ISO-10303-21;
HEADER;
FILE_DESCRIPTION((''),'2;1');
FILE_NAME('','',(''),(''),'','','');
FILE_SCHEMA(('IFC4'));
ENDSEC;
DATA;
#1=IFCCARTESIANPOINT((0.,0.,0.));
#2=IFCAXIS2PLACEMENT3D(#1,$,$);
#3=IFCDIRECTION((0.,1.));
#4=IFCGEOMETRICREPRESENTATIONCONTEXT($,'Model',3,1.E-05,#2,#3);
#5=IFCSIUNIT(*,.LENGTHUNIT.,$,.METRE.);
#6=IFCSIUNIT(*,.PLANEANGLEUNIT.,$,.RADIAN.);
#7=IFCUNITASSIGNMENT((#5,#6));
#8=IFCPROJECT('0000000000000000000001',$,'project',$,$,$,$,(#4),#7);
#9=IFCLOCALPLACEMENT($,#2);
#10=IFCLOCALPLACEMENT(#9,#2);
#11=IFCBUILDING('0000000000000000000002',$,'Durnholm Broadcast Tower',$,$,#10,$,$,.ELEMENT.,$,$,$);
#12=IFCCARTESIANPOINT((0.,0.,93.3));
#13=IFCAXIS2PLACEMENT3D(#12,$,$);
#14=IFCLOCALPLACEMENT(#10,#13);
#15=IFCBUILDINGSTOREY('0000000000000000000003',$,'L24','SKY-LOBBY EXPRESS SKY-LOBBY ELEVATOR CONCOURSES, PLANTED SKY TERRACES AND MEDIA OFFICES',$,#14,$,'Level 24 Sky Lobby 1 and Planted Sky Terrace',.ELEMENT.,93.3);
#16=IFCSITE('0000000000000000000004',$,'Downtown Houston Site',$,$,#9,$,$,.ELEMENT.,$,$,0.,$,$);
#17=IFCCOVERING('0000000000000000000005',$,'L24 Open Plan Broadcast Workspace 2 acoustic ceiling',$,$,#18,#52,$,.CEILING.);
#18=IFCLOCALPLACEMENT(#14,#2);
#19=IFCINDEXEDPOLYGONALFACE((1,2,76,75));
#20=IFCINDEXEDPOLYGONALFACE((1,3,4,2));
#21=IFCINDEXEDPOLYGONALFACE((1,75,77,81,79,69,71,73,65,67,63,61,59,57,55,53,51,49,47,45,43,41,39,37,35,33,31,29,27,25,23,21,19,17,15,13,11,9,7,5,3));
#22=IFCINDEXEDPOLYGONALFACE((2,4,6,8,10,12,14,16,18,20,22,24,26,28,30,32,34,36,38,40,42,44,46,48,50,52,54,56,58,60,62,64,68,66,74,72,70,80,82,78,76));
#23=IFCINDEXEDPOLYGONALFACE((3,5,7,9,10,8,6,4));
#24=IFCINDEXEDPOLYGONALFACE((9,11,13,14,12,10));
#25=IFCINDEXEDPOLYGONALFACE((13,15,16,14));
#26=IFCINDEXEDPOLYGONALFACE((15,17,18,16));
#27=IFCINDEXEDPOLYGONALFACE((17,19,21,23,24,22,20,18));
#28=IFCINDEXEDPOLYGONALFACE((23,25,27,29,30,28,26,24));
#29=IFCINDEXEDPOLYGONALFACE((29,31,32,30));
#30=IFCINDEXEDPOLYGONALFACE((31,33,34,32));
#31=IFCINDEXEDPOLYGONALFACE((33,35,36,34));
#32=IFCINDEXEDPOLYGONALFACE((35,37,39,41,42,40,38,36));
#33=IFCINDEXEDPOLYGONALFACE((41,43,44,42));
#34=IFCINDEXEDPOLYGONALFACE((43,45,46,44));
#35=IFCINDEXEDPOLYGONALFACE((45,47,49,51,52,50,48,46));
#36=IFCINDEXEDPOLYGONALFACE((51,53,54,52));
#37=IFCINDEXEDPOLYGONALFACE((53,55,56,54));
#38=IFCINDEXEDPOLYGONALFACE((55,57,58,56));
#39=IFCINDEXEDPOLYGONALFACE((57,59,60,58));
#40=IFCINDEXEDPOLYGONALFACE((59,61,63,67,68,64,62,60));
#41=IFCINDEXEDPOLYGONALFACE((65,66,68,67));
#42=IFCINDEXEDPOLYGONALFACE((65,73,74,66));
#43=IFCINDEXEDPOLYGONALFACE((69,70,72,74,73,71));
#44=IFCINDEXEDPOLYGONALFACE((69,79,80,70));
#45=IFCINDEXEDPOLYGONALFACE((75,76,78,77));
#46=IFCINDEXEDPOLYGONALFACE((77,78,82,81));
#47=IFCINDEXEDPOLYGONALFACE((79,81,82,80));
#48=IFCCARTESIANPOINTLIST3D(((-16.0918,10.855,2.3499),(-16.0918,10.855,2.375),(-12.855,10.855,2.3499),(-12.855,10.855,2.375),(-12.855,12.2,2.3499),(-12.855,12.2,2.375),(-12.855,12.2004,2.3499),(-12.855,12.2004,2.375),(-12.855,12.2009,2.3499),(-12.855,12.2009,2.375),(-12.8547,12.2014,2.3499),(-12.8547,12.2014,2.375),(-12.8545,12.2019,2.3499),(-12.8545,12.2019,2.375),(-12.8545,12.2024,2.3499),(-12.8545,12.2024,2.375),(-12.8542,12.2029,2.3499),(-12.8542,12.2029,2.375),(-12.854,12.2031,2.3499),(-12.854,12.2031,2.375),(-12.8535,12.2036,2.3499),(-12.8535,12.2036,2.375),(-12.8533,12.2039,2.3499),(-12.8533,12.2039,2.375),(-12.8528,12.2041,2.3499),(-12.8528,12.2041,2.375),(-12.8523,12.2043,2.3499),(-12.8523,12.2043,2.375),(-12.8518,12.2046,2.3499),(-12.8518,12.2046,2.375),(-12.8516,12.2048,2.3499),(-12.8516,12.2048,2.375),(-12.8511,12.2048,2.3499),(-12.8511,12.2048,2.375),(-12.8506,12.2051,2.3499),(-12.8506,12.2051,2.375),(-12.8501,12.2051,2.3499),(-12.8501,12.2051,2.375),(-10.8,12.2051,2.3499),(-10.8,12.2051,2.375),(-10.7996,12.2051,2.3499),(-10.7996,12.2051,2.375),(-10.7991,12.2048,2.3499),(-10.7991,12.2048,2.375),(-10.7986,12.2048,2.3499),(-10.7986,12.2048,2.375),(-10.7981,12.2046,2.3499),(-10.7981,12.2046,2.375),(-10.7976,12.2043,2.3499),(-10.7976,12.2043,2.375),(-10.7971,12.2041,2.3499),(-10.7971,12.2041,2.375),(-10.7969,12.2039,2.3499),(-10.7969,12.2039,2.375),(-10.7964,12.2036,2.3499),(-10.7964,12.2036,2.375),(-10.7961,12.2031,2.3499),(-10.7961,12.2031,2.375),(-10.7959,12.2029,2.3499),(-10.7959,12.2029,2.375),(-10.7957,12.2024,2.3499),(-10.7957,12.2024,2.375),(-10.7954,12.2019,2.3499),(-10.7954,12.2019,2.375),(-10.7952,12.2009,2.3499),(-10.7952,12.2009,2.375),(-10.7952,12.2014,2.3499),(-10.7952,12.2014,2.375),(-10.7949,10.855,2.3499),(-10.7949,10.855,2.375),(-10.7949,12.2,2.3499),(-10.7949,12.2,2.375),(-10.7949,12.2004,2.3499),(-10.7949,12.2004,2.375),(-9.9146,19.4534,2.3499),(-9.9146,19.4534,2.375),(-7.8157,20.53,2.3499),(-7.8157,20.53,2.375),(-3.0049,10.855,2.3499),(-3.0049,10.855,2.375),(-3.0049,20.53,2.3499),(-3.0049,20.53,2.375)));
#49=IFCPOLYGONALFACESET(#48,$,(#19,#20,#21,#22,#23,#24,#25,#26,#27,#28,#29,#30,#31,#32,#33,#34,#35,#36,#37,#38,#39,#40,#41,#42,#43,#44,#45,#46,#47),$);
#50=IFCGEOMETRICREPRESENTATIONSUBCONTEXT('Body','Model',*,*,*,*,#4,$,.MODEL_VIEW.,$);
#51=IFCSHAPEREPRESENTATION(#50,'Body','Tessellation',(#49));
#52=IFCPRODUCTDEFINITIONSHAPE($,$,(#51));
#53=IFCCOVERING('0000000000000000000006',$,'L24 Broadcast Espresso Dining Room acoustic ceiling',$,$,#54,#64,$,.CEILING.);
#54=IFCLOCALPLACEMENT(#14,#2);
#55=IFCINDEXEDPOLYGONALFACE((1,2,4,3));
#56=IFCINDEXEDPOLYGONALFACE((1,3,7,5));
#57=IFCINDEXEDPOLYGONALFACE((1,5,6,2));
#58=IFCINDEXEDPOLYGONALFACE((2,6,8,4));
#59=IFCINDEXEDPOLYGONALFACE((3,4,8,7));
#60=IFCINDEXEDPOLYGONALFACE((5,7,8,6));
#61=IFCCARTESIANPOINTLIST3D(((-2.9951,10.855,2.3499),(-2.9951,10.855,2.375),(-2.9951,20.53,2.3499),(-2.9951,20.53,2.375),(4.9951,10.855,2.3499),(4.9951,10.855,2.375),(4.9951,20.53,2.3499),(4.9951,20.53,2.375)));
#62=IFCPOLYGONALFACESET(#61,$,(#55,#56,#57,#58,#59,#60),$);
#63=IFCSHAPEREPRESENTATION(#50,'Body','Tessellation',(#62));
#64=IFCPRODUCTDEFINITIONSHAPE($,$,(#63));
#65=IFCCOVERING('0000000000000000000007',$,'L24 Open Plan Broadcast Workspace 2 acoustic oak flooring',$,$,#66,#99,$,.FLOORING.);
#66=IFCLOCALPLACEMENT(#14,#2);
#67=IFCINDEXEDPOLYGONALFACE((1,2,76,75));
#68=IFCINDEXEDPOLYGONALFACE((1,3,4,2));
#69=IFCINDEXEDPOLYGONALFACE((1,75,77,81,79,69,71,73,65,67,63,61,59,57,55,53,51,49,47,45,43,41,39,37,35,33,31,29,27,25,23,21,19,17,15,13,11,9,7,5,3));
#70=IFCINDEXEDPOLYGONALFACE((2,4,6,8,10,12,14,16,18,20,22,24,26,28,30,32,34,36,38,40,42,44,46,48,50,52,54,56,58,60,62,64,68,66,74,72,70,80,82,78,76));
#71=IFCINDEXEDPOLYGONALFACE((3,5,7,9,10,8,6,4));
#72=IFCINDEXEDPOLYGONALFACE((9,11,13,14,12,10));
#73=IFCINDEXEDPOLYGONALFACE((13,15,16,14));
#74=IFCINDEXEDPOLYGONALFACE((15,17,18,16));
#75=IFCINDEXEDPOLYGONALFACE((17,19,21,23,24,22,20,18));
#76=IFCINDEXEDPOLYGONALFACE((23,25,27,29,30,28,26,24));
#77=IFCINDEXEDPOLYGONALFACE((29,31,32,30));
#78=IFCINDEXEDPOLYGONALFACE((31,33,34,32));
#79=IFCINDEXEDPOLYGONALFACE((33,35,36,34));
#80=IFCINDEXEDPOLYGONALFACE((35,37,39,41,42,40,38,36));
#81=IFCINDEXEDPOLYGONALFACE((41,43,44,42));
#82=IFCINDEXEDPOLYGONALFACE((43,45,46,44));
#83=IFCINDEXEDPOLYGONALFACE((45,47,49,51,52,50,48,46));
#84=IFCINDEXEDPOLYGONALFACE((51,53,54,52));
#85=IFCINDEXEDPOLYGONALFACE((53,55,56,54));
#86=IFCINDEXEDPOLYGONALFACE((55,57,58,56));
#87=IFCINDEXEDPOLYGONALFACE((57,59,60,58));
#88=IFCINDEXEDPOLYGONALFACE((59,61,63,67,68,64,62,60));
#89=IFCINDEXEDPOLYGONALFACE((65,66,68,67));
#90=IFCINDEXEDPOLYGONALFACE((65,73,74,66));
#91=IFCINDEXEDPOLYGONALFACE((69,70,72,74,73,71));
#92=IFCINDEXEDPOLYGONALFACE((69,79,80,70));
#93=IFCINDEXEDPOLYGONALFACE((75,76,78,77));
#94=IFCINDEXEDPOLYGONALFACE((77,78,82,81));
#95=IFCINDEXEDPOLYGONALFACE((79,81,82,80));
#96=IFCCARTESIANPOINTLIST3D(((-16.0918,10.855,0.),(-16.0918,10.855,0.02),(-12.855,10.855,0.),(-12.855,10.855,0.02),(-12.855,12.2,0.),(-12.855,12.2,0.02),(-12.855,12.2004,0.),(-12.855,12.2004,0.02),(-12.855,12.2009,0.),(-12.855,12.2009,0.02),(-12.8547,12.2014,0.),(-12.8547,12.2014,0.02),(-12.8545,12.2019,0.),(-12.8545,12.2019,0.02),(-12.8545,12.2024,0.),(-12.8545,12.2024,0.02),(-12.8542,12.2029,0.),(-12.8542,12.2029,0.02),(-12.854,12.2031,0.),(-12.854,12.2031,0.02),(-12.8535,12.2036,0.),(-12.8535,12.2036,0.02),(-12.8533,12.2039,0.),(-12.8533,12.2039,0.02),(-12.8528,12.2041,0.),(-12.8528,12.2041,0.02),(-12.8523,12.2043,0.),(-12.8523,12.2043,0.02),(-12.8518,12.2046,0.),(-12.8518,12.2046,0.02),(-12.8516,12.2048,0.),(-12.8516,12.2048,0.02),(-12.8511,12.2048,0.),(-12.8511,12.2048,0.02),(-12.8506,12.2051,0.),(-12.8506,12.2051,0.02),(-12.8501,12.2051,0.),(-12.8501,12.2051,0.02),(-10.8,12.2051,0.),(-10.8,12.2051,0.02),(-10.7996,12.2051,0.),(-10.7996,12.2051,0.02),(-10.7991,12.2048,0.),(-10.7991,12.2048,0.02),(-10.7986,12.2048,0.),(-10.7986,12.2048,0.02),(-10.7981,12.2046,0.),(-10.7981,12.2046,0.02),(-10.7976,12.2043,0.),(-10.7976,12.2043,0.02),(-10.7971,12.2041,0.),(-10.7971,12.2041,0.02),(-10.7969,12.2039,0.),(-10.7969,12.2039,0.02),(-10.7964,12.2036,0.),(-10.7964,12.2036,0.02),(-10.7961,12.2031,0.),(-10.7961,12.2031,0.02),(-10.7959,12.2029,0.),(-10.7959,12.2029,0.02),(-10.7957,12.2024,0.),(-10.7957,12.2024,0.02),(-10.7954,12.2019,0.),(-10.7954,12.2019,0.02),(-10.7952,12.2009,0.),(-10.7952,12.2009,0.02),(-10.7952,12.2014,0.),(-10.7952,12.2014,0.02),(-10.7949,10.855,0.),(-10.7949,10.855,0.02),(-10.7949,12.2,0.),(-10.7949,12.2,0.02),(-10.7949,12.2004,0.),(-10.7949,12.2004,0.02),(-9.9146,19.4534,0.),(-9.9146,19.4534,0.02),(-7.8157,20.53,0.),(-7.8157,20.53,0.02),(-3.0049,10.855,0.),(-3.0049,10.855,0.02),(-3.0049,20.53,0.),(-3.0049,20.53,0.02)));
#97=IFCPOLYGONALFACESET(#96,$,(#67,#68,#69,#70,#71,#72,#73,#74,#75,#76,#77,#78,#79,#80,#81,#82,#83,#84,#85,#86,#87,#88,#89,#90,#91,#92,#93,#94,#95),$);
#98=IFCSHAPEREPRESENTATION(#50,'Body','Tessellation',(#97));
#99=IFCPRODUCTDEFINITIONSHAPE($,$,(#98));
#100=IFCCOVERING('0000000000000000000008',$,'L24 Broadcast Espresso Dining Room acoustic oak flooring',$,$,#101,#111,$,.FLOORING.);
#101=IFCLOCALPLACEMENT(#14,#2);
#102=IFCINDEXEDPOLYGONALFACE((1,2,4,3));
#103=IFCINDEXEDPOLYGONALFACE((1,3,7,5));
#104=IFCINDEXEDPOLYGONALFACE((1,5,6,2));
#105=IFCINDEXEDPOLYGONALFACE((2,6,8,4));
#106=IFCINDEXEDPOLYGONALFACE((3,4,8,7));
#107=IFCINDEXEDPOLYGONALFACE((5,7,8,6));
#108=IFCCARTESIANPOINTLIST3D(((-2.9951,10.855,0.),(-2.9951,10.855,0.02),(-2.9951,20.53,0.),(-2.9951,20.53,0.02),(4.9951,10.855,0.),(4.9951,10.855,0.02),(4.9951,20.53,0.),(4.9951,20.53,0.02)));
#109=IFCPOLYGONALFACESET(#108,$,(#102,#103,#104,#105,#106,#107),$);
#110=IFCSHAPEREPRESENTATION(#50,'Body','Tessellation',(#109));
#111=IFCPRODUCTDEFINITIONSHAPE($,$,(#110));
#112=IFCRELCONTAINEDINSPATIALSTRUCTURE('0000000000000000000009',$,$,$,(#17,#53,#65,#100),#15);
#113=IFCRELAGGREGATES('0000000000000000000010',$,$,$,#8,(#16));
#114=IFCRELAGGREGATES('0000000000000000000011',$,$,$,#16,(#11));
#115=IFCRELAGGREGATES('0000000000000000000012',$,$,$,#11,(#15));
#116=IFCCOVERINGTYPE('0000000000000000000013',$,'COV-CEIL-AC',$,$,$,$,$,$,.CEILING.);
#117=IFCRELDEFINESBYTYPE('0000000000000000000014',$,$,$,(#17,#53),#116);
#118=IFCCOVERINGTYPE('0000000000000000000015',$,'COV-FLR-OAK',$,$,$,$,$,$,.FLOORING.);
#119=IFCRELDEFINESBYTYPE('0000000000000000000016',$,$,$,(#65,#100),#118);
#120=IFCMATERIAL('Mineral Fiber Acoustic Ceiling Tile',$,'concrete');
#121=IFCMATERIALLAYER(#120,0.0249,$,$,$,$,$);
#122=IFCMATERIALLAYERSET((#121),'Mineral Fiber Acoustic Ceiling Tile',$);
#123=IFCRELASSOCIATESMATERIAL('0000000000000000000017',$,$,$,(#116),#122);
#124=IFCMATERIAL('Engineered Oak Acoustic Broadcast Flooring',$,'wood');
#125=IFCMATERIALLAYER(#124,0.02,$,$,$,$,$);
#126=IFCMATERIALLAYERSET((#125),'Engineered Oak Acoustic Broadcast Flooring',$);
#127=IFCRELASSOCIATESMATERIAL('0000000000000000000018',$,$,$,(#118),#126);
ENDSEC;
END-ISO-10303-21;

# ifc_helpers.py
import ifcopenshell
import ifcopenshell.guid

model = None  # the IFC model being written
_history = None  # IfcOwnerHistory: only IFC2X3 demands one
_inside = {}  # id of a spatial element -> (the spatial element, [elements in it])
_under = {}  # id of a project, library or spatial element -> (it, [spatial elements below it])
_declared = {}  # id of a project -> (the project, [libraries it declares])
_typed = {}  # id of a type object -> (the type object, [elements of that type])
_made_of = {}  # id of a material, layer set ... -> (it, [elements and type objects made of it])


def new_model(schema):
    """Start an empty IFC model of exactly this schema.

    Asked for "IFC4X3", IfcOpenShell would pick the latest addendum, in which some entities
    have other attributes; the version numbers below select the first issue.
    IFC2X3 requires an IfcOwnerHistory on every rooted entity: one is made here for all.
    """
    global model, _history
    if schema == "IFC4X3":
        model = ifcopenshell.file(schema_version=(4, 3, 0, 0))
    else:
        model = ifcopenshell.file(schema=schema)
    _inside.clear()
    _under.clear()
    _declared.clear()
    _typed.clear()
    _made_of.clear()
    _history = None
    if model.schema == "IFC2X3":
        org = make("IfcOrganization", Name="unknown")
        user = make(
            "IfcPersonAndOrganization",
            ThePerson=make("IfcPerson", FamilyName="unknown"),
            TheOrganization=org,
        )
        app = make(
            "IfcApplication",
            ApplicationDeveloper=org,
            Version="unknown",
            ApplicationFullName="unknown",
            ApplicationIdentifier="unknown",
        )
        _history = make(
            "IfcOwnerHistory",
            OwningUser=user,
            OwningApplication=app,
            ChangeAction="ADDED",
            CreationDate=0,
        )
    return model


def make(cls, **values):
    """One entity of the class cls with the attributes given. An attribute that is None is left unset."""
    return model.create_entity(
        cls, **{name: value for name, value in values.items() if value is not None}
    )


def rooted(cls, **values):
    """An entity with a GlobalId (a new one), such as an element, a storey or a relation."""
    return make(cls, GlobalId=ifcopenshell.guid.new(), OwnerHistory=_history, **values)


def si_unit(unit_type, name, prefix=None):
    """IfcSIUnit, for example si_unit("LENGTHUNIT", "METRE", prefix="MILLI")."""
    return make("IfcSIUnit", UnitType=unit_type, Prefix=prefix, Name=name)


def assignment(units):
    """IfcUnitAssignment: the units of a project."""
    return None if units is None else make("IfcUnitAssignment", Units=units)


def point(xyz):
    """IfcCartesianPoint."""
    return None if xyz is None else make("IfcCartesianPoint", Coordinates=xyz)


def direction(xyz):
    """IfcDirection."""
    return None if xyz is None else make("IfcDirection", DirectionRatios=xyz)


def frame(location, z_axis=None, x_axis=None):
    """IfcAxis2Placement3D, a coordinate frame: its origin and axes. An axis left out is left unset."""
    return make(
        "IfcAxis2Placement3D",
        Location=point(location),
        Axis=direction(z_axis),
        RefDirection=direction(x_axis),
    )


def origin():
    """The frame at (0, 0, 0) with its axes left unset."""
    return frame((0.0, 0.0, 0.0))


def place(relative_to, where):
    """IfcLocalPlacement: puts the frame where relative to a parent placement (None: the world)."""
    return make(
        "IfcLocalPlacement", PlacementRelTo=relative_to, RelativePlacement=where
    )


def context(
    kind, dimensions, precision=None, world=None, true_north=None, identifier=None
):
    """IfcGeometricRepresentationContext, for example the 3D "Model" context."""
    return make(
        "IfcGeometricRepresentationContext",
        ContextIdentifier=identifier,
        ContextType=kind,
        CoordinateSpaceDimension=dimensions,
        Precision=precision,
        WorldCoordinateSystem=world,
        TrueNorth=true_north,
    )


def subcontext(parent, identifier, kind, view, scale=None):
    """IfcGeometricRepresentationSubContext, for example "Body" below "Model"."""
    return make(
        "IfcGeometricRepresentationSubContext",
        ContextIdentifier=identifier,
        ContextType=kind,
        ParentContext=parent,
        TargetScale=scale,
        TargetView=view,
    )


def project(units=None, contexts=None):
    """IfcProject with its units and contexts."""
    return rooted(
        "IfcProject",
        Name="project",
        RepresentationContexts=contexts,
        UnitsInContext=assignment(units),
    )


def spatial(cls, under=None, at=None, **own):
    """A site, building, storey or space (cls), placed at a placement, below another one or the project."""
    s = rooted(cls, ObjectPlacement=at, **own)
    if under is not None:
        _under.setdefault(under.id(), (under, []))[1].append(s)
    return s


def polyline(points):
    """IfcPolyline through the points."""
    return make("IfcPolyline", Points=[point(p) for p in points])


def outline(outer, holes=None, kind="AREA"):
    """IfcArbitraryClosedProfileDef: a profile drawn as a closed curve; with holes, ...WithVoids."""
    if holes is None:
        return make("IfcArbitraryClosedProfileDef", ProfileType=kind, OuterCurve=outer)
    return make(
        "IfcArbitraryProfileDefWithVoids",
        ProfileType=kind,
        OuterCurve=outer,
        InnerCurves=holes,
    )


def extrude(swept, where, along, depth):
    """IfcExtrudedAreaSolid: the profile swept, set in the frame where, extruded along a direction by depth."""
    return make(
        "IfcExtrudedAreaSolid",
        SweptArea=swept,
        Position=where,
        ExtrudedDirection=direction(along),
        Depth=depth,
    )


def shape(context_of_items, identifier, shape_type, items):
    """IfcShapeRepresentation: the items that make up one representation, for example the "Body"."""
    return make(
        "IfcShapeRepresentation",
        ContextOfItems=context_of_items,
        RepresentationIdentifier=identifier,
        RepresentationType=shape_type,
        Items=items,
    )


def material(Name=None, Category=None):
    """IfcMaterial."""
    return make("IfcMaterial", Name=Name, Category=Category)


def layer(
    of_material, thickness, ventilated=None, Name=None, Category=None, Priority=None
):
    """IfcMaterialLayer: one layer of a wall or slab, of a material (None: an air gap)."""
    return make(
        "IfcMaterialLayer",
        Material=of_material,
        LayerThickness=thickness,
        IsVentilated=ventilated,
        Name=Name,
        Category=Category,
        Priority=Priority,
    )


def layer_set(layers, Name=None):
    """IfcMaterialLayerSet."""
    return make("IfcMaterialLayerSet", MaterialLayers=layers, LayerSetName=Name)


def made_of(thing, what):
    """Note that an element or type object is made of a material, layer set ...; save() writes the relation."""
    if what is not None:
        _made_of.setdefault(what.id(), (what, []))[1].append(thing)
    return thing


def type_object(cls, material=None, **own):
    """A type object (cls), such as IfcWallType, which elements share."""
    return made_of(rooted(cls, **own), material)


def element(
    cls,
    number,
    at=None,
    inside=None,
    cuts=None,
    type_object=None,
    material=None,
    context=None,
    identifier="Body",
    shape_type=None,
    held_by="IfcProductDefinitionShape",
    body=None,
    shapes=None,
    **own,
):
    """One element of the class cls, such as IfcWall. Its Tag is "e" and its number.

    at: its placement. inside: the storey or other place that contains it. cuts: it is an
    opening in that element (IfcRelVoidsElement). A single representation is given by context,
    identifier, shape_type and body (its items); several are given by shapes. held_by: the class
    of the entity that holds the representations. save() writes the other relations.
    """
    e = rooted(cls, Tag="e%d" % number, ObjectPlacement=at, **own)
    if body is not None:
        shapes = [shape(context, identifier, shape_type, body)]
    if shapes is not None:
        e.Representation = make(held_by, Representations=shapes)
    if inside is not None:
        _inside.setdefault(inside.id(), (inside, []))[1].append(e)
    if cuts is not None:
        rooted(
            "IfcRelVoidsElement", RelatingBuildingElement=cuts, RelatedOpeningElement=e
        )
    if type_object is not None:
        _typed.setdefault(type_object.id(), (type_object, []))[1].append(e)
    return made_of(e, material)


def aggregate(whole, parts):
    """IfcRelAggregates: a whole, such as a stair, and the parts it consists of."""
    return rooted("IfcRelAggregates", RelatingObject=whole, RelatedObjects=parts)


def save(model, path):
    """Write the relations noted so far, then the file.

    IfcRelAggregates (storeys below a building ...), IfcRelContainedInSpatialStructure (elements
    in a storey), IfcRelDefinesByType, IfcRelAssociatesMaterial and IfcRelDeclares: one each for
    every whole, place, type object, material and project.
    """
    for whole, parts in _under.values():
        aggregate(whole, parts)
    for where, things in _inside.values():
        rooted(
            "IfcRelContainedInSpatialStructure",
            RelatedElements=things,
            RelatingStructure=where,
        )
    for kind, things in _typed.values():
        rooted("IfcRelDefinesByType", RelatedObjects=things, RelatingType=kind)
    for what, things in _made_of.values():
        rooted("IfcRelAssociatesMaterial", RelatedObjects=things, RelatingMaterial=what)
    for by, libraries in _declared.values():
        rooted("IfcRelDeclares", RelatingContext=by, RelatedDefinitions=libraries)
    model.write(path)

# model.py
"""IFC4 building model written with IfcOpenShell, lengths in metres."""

from ifc_helpers import new_model, si_unit, direction, frame, origin, place, context, subcontext, project, spatial, polyline, outline, extrude, material, layer, layer_set, type_object, element, save


model = new_model("IFC4")

# Units and contexts
model_context = context("Model", 3, precision=1e-05, world=origin(), true_north=direction((0.0, 1.0)))
body_context = subcontext(model_context, "Body", "Model", "MODEL_VIEW")
ifc_project = project(units=[si_unit("LENGTHUNIT", "METRE"), si_unit("PLANEANGLEUNIT", "RADIAN")], contexts=[model_context])

# Site, building, storey
site_placement = place(None, origin())
site = spatial("IfcSite", under=ifc_project, at=site_placement, Name="Downtown Houston Site", CompositionType="ELEMENT", RefElevation=0.0)
building_placement = place(site_placement, origin())
building = spatial("IfcBuilding", under=site, at=building_placement, Name="Durnholm Broadcast Tower", CompositionType="ELEMENT")
storey_placement = place(building_placement, frame((0.0, 0.0, 93.3)))
storey = spatial("IfcBuildingStorey", under=building, at=storey_placement, Name="L24", Description="SKY-LOBBY EXPRESS SKY-LOBBY ELEVATOR CONCOURSES, PLANTED SKY TERRACES AND MEDIA OFFICES", LongName="Level 24 Sky Lobby 1 and Planted Sky Terrace", CompositionType="ELEMENT", Elevation=93.3)

# Coverings
ifc_material_1 = material(Name="Mineral Fiber Acoustic Ceiling Tile", Category="concrete")
ifc_layer_1 = layer(ifc_material_1, 0.0249)
ifc_layer_set_1 = layer_set([ifc_layer_1], Name="Mineral Fiber Acoustic Ceiling Tile")
covering_type_1 = type_object("IfcCoveringType", Name="COV-CEIL-AC", PredefinedType="CEILING", material=ifc_layer_set_1)
covering_1_placement = place(storey_placement, frame((0.0, 0.0, 2.3499)))
element("IfcCovering", 1, at=covering_1_placement, inside=storey, type_object=covering_type_1, Name="L24 Open Plan Broadcast Workspace 2 acoustic ceiling", PredefinedType="CEILING", context=body_context, shape_type="SweptSolid", body=[
    extrude(outline(polyline([(-10.7969, 12.2039), (-10.7964, 12.2036), (-10.7961, 12.2031), (-10.7959, 12.2029), (-10.7957, 12.2024), (-10.7954, 12.2019), (-10.7952, 12.2014), (-10.7952, 12.2009), (-10.7949, 12.2004), (-10.7949, 12.2), (-10.7949, 10.855), (-3.0049, 10.855), (-3.0049, 20.53), (-7.8157, 20.53), (-9.9146, 19.4534), (-16.0918, 10.855), (-12.855, 10.855), (-12.855, 12.2), (-12.855, 12.2004), (-12.855, 12.2009), (-12.8547, 12.2014), (-12.8545, 12.2019), (-12.8545, 12.2024), (-12.8542, 12.2029), (-12.854, 12.2031), (-12.8535, 12.2036), (-12.8533, 12.2039), (-12.8528, 12.2041), (-12.8523, 12.2043), (-12.8518, 12.2046), (-12.8516, 12.2048), (-12.8511, 12.2048), (-12.8506, 12.2051), (-12.8501, 12.2051), (-10.8, 12.2051), (-10.7996, 12.2051), (-10.7991, 12.2048), (-10.7986, 12.2048), (-10.7981, 12.2046), (-10.7976, 12.2043), (-10.7971, 12.2041), (-10.7969, 12.2039)])), origin(), (0.0, 0.0, 1.0), 0.0251),
])
covering_2_placement = place(storey_placement, frame((0.0, 0.0, 2.3499)))
element("IfcCovering", 2, at=covering_2_placement, inside=storey, type_object=covering_type_1, Name="L24 Broadcast Espresso Dining Room acoustic ceiling", PredefinedType="CEILING", context=body_context, shape_type="SweptSolid", body=[
    extrude(outline(polyline([(-2.9951, 10.855), (4.9951, 10.855), (4.9951, 20.53), (-2.9951, 20.53), (-2.9951, 10.855)])), origin(), (0.0, 0.0, 1.0), 0.0251),
])
ifc_material_2 = material(Name="Engineered Oak Acoustic Broadcast Flooring", Category="wood")
ifc_layer_2 = layer(ifc_material_2, 0.02)
ifc_layer_set_2 = layer_set([ifc_layer_2], Name="Engineered Oak Acoustic Broadcast Flooring")
covering_type_2 = type_object("IfcCoveringType", Name="COV-FLR-OAK", PredefinedType="FLOORING", material=ifc_layer_set_2)
covering_3_placement = place(storey_placement, origin())
element("IfcCovering", 3, at=covering_3_placement, inside=storey, type_object=covering_type_2, Name="L24 Open Plan Broadcast Workspace 2 acoustic oak flooring", PredefinedType="FLOORING", context=body_context, shape_type="SweptSolid", body=[
    extrude(outline(polyline([(-10.7969, 12.2039), (-10.7964, 12.2036), (-10.7961, 12.2031), (-10.7959, 12.2029), (-10.7957, 12.2024), (-10.7954, 12.2019), (-10.7952, 12.2014), (-10.7952, 12.2009), (-10.7949, 12.2004), (-10.7949, 12.2), (-10.7949, 10.855), (-3.0049, 10.855), (-3.0049, 20.53), (-7.8157, 20.53), (-9.9146, 19.4534), (-16.0918, 10.855), (-12.855, 10.855), (-12.855, 12.2), (-12.855, 12.2004), (-12.855, 12.2009), (-12.8547, 12.2014), (-12.8545, 12.2019), (-12.8545, 12.2024), (-12.8542, 12.2029), (-12.854, 12.2031), (-12.8535, 12.2036), (-12.8533, 12.2039), (-12.8528, 12.2041), (-12.8523, 12.2043), (-12.8518, 12.2046), (-12.8516, 12.2048), (-12.8511, 12.2048), (-12.8506, 12.2051), (-12.8501, 12.2051), (-10.8, 12.2051), (-10.7996, 12.2051), (-10.7991, 12.2048), (-10.7986, 12.2048), (-10.7981, 12.2046), (-10.7976, 12.2043), (-10.7971, 12.2041), (-10.7969, 12.2039)])), origin(), (0.0, 0.0, 1.0), 0.02),
])
covering_4_placement = place(storey_placement, origin())
element("IfcCovering", 4, at=covering_4_placement, inside=storey, type_object=covering_type_2, Name="L24 Broadcast Espresso Dining Room acoustic oak flooring", PredefinedType="FLOORING", context=body_context, shape_type="SweptSolid", body=[
    extrude(outline(polyline([(-2.9951, 10.855), (4.9951, 10.855), (4.9951, 20.53), (-2.9951, 20.53), (-2.9951, 10.855)])), origin(), (0.0, 0.0, 1.0), 0.02),
])

save(model, "model.ifc")
